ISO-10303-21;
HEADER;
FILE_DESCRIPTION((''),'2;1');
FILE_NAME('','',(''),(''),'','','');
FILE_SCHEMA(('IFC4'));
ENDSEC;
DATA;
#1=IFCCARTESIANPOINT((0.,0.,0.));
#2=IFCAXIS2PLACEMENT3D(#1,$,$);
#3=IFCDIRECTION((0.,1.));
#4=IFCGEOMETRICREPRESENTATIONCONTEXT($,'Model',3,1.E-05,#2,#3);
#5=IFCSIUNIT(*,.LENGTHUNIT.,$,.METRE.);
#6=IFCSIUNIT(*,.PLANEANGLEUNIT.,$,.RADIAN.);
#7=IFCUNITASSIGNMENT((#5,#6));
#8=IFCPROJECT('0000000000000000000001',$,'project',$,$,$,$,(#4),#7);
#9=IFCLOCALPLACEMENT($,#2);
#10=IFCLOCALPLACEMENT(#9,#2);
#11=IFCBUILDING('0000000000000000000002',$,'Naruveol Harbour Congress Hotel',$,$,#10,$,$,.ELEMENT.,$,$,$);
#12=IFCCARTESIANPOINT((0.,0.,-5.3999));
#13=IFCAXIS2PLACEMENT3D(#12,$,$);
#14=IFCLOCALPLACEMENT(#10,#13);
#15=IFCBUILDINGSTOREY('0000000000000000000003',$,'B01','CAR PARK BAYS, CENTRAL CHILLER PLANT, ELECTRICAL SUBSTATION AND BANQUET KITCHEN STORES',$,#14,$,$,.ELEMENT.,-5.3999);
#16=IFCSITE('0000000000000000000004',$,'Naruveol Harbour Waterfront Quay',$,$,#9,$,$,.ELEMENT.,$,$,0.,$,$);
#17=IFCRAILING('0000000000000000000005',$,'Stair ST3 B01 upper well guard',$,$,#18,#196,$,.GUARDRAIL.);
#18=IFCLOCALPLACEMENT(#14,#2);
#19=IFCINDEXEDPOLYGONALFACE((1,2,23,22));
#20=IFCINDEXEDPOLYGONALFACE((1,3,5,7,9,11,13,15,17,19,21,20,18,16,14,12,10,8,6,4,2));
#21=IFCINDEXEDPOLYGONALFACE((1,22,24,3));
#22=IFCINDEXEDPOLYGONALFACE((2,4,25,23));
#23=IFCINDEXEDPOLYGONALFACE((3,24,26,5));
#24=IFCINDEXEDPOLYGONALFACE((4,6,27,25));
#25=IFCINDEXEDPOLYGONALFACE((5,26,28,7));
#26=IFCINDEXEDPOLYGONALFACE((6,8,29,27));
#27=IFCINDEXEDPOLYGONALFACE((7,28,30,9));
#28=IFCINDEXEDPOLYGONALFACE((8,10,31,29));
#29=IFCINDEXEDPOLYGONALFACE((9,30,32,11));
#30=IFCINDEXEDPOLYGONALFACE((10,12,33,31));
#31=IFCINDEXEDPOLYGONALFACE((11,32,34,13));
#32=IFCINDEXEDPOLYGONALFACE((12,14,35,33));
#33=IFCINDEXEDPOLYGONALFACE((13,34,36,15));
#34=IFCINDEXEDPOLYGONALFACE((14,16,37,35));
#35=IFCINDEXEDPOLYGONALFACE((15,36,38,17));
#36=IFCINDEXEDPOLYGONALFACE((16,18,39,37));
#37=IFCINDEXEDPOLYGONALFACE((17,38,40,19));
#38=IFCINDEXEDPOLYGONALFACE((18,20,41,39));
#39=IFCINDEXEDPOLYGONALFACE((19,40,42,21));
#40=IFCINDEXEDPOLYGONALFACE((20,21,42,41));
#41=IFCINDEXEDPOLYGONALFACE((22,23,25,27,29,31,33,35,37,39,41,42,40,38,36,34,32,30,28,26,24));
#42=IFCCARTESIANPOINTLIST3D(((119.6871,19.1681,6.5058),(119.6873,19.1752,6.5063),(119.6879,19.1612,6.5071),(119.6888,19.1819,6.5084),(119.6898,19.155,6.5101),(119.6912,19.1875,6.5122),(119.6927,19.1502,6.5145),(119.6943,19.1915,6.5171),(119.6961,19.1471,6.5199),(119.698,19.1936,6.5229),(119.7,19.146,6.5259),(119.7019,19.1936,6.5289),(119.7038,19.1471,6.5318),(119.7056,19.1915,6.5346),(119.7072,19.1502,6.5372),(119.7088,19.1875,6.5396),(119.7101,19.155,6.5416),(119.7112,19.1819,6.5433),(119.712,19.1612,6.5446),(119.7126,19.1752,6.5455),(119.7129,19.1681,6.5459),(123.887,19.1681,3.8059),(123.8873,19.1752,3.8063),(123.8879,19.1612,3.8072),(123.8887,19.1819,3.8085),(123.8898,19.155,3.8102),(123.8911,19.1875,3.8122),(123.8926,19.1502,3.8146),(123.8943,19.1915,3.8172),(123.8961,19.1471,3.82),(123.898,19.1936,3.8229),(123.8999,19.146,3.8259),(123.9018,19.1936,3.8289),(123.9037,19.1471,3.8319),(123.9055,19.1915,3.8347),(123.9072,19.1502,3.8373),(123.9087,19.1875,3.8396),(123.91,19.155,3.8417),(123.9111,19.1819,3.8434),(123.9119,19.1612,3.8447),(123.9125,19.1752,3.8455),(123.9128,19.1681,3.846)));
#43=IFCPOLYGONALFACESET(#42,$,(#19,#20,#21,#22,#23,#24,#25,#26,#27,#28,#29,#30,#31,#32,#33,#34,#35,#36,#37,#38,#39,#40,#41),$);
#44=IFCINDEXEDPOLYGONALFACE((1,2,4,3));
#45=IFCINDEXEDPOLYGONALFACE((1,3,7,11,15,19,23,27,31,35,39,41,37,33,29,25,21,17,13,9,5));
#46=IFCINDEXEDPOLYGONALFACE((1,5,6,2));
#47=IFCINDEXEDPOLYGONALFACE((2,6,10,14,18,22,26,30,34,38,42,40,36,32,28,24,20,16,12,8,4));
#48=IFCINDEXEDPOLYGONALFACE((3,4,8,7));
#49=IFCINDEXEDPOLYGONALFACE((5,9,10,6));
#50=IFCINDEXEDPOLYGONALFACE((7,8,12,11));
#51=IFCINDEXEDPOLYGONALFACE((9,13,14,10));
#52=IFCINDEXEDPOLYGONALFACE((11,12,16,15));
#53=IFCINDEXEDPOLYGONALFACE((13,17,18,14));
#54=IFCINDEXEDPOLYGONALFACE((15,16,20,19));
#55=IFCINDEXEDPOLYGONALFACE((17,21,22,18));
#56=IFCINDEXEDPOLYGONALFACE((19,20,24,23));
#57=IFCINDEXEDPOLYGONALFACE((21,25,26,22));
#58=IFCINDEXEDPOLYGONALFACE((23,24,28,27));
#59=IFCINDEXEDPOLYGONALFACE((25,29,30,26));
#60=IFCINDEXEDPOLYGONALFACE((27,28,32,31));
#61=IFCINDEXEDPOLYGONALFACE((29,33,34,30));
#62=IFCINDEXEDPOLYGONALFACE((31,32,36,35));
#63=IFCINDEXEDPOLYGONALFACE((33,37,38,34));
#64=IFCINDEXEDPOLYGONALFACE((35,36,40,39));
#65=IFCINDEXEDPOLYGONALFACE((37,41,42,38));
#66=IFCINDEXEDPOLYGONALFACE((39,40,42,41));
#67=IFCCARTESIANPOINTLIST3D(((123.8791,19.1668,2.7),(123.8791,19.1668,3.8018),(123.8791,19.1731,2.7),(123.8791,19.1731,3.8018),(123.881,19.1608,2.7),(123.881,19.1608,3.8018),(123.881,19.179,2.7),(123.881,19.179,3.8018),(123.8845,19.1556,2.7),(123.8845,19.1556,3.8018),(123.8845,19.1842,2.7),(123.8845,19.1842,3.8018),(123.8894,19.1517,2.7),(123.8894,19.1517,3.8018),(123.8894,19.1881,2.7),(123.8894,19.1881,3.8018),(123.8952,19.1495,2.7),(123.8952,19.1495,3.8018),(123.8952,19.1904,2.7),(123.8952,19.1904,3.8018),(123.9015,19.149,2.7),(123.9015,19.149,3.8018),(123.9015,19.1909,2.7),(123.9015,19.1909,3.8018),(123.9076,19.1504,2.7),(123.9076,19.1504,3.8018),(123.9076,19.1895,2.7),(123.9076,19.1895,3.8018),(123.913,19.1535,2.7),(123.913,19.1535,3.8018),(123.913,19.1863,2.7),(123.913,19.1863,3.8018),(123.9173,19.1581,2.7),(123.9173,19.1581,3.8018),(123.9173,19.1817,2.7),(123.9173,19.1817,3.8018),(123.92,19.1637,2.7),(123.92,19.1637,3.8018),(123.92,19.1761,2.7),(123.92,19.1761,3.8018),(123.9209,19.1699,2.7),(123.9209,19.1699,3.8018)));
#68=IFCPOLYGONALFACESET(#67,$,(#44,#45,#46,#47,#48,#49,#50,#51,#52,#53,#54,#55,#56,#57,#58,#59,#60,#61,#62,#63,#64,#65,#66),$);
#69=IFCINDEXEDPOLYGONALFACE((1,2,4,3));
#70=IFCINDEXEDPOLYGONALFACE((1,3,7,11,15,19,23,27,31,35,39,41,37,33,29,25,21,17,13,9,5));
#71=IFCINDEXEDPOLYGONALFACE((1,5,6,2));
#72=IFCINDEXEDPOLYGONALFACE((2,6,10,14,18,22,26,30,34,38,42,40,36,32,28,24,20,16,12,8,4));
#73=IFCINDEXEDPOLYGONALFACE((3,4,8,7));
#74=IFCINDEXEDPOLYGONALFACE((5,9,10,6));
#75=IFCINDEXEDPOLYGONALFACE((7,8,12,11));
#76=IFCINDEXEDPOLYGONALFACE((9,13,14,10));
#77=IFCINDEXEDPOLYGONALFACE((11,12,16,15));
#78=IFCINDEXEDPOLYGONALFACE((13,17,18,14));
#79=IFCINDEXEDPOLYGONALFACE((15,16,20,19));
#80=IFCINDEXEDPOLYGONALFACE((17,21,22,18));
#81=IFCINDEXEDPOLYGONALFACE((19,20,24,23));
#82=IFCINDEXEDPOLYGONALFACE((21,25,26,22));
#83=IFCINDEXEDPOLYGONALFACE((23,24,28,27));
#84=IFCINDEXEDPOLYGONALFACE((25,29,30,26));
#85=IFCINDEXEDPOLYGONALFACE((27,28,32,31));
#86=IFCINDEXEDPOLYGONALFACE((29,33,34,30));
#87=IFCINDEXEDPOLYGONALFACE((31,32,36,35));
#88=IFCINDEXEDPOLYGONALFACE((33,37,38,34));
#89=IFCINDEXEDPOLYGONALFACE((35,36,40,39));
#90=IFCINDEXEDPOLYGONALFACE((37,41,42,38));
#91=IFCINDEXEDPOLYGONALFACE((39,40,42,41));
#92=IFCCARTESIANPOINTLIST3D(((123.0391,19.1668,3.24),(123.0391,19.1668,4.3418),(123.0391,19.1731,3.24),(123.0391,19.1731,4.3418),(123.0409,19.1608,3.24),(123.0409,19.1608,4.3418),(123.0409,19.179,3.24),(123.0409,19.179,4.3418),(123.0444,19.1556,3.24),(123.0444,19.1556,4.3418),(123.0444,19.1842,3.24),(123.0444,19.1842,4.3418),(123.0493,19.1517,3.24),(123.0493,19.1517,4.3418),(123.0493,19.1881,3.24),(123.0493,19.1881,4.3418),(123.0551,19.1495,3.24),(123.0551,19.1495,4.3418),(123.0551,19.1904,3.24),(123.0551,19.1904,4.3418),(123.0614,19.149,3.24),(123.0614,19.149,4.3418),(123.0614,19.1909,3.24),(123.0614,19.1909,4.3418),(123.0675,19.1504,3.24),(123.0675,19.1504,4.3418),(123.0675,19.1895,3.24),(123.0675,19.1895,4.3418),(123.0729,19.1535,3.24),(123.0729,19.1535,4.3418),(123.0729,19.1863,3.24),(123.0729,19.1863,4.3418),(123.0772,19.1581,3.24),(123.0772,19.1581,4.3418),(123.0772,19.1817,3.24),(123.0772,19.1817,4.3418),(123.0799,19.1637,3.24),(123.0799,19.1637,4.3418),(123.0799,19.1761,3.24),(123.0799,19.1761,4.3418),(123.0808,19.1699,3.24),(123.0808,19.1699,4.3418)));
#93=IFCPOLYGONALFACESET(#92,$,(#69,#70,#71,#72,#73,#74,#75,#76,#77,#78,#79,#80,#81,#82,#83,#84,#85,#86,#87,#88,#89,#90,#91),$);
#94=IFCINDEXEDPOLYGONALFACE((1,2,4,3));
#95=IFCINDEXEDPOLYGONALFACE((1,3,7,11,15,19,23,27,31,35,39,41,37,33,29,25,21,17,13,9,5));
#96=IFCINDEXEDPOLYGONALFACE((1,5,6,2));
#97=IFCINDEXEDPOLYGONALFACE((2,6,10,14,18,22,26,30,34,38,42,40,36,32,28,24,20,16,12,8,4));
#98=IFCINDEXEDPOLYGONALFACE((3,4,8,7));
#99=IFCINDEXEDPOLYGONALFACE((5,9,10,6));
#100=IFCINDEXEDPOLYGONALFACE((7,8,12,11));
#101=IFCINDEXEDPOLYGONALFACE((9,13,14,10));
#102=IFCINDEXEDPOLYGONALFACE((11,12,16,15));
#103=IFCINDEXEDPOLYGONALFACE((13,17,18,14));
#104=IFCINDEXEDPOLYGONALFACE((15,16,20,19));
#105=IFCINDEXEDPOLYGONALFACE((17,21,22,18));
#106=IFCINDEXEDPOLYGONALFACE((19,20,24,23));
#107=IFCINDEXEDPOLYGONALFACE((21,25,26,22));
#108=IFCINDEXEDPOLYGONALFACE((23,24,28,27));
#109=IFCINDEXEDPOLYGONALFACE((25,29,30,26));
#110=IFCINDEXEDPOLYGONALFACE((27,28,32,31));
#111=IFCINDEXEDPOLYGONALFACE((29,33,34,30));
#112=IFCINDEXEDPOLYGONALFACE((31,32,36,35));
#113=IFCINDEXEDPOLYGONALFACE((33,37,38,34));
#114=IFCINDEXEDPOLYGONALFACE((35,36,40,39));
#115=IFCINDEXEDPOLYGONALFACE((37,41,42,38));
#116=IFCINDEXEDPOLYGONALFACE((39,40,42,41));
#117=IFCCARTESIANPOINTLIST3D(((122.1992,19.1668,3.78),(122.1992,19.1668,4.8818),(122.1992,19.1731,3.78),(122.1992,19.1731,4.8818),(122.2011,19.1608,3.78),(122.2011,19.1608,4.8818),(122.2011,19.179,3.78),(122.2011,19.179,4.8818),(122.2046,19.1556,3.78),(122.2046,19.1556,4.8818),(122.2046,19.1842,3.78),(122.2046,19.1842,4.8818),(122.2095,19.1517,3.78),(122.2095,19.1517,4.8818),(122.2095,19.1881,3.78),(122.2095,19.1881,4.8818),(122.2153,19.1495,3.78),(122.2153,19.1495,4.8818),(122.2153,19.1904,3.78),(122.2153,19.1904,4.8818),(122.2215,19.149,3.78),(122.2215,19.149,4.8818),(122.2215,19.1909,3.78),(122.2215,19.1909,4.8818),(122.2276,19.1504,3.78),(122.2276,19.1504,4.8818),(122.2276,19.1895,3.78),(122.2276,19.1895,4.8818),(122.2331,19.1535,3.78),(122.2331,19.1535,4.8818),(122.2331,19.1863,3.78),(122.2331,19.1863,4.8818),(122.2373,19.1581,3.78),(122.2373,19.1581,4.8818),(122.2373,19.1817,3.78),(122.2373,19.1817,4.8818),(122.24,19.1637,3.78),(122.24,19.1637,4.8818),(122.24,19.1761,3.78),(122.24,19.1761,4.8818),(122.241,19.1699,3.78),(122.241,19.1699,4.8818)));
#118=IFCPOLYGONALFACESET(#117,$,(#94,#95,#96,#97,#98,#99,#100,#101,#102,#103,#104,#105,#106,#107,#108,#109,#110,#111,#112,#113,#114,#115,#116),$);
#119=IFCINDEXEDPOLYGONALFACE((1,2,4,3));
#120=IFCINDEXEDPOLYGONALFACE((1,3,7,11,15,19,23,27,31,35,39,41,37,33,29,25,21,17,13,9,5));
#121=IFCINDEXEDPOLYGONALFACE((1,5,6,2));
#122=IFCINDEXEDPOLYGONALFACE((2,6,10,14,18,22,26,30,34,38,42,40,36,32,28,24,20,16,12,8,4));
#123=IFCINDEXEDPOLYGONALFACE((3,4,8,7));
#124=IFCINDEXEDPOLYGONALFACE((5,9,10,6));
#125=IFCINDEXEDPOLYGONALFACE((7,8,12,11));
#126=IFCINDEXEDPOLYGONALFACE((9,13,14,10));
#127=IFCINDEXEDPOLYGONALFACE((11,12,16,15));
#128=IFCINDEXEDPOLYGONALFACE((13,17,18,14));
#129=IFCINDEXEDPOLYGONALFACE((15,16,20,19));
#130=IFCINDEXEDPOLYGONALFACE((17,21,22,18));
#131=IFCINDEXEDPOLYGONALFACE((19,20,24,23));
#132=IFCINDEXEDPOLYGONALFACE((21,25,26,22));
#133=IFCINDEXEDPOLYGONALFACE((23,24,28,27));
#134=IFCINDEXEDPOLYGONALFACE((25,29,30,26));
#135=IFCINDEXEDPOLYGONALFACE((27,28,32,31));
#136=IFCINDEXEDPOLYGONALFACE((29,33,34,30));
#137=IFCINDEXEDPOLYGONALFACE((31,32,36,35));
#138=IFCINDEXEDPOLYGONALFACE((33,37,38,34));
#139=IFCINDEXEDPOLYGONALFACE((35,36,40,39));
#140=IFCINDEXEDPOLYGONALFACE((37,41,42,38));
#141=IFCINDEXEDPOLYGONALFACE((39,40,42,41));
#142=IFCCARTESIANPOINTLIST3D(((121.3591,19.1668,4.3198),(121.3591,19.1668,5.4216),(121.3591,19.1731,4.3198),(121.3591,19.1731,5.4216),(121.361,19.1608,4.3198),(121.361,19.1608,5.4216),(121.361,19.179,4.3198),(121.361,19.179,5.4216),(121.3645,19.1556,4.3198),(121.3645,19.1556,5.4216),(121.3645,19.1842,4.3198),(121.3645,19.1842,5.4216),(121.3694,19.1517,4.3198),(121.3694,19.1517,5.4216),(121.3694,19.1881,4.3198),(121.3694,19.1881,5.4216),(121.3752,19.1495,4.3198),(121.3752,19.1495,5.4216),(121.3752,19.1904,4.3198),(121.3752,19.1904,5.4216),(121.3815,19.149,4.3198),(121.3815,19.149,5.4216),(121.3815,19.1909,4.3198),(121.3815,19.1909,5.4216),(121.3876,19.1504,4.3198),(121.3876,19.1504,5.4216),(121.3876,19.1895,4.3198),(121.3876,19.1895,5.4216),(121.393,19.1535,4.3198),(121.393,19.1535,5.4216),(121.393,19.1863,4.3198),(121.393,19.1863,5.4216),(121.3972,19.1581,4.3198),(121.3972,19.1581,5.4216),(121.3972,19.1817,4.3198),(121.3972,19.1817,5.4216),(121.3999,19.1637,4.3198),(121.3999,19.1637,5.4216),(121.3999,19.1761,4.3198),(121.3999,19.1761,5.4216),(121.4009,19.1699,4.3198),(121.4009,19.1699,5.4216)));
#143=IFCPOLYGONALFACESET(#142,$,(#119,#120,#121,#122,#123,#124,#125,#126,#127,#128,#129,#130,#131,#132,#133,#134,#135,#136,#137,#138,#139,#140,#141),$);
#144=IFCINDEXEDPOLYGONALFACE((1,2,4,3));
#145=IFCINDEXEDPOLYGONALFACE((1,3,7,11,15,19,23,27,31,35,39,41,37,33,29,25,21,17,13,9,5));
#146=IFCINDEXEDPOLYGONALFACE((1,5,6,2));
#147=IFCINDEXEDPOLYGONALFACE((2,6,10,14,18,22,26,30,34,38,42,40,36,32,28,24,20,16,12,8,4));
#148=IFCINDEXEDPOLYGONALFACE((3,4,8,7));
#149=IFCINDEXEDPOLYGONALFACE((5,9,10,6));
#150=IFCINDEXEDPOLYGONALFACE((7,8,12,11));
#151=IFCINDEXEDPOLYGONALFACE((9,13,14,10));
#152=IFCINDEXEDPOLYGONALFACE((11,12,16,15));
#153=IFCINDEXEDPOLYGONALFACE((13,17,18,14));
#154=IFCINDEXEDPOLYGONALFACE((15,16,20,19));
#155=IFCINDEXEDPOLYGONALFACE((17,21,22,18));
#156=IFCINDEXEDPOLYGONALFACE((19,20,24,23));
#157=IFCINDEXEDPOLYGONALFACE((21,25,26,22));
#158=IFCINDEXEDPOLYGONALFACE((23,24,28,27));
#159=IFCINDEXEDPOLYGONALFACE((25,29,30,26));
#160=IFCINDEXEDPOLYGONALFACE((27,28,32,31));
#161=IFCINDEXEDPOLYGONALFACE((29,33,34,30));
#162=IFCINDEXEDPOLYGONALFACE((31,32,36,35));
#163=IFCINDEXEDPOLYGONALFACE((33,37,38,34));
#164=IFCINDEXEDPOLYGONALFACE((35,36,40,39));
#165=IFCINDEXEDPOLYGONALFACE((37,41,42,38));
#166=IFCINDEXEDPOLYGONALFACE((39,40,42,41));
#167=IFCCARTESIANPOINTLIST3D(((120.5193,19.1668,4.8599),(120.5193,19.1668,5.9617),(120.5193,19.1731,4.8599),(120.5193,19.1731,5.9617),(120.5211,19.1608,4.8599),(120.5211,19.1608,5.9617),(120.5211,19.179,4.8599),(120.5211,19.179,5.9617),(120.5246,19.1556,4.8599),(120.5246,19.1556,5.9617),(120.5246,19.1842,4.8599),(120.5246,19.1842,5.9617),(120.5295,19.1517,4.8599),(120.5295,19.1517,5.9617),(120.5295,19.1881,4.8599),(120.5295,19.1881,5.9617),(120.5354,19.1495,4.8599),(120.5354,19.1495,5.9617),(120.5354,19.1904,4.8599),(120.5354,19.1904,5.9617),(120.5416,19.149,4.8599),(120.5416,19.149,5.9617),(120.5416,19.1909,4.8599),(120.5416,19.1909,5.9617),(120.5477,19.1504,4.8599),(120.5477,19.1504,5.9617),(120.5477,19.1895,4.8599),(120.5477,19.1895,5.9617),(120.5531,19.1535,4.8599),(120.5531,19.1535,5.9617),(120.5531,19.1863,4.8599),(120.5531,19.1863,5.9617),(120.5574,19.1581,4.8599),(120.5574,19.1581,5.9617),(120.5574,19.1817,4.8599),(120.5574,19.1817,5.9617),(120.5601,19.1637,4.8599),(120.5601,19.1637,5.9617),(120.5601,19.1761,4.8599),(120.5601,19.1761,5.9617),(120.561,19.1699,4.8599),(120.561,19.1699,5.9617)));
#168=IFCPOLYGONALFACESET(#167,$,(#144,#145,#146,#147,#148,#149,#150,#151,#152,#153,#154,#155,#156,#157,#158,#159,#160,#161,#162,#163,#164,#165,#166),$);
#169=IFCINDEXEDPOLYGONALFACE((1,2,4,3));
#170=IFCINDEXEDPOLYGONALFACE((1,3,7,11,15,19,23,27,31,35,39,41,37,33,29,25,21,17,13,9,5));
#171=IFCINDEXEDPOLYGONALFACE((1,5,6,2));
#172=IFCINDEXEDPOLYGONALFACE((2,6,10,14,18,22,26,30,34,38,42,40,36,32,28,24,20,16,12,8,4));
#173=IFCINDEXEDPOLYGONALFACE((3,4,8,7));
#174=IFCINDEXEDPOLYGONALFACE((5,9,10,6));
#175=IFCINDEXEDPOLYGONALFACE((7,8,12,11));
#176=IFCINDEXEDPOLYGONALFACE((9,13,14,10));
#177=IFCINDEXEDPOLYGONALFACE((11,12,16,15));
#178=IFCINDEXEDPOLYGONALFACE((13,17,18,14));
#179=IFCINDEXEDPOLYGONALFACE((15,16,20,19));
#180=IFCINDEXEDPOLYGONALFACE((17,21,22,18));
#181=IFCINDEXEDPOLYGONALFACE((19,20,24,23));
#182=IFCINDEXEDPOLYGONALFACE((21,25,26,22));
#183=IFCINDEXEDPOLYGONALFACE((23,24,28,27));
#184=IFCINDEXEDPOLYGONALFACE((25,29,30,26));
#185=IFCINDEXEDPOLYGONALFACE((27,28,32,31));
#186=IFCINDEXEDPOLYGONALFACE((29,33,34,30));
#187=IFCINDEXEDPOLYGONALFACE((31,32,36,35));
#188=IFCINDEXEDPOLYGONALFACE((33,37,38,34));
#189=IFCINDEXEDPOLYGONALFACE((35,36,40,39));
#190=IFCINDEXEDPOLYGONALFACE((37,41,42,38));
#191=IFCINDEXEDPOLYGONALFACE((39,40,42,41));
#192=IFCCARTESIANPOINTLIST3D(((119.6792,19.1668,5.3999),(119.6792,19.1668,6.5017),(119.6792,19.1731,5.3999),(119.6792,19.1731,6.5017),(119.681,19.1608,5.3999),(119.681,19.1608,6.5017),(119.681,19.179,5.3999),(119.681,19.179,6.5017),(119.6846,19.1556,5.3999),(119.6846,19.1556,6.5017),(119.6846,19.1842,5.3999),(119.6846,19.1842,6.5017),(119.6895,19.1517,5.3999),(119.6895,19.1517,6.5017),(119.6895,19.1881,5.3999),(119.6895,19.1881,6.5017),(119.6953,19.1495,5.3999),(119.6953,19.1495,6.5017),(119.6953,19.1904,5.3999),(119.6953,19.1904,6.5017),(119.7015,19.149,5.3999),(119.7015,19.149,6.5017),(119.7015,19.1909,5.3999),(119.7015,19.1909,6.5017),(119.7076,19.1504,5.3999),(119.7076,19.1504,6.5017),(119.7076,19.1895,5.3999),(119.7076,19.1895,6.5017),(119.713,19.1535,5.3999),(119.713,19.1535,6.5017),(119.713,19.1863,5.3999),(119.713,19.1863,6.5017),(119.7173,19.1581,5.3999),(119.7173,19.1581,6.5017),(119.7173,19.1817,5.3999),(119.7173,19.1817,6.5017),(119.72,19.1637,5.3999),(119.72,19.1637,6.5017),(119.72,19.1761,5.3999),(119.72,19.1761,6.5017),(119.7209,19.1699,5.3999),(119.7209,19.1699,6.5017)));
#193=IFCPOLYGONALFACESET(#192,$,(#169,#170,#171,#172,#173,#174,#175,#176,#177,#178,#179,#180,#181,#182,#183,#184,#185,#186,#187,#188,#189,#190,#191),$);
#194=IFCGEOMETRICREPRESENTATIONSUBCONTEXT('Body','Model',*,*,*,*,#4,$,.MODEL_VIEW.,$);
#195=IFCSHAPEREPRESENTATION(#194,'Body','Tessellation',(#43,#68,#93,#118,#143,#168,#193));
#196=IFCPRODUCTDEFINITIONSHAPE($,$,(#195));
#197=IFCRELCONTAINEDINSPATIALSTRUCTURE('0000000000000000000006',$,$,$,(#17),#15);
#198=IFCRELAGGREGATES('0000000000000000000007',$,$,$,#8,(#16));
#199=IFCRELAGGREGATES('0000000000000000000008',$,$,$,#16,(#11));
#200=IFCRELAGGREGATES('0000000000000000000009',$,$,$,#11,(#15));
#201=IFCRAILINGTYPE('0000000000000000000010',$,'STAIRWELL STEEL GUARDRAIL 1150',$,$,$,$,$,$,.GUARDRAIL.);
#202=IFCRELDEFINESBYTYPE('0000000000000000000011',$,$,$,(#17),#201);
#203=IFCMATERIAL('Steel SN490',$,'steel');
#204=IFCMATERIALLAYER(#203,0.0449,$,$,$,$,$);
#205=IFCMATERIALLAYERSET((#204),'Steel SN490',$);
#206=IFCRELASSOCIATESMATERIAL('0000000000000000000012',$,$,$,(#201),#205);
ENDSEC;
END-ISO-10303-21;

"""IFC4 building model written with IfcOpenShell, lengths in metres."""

from ifc_helpers import new_model, si_unit, direction, frame, origin, origin_2d, place, context, subcontext, project, spatial, circle, extrude, material, layer, layer_set, type_object, element, save


model = new_model("IFC4")

# Units and contexts
model_context = context("Model", 3, precision=1e-05, world=origin(), true_north=direction((0.0, 1.0)))
body_context = subcontext(model_context, "Body", "Model", "MODEL_VIEW")
ifc_project = project(units=[si_unit("LENGTHUNIT", "METRE"), si_unit("PLANEANGLEUNIT", "RADIAN")], contexts=[model_context])

# Site, building, storey
site_placement = place(None, origin())
site = spatial("IfcSite", under=ifc_project, at=site_placement, Name="Naruveol Harbour Waterfront Quay", CompositionType="ELEMENT", RefElevation=0.0)
building_placement = place(site_placement, origin())
building = spatial("IfcBuilding", under=site, at=building_placement, Name="Naruveol Harbour Congress Hotel", CompositionType="ELEMENT")
storey_placement = place(building_placement, frame((0.0, 0.0, -5.3999)))
storey = spatial("IfcBuildingStorey", under=building, at=storey_placement, Name="B01", Description="CAR PARK BAYS, CENTRAL CHILLER PLANT, ELECTRICAL SUBSTATION AND BANQUET KITCHEN STORES", CompositionType="ELEMENT", Elevation=-5.3999)

# Railing
ifc_material_1 = material(Name="Steel SN490", Category="steel")
ifc_layer_1 = layer(ifc_material_1, 0.0449)
ifc_layer_set_1 = layer_set([ifc_layer_1], Name="Steel SN490")
railing_type_1 = type_object("IfcRailingType", Name="STAIRWELL STEEL GUARDRAIL 1150", PredefinedType="GUARDRAIL", material=ifc_layer_set_1)
railing_1_placement = place(storey_placement, frame((123.8999, 19.1699, 2.7)))
element("IfcRailing", 1, at=railing_1_placement, inside=storey, type_object=railing_type_1, Name="Stair ST3 B01 upper well guard", PredefinedType="GUARDRAIL", context=body_context, shape_type="SweptSolid", body=[
    extrude(circle(Radius=0.0239, at=origin_2d()), frame((0.0, 0.0, 1.126), z_axis=(-0.84118, 0.0, 0.540755), x_axis=(0.0, -1.0, 0.0)), (0.0, 0.0, 1.0), 4.9929),
    extrude(circle(Radius=0.021, at=origin_2d()), origin(), (0.0, 0.0, 1.0), 1.1018),
    extrude(circle(Radius=0.021, at=origin_2d()), frame((-0.8401, 0.0, 0.54)), (0.0, 0.0, 1.0), 1.1018),
    extrude(circle(Radius=0.021, at=origin_2d()), frame((-1.6799, 0.0, 1.0801)), (0.0, 0.0, 1.0), 1.1018),
    extrude(circle(Radius=0.021, at=origin_2d()), frame((-2.52, 0.0, 1.6199)), (0.0, 0.0, 1.0), 1.1018),
    extrude(circle(Radius=0.021, at=origin_2d()), frame((-3.3599, 0.0, 2.1599)), (0.0, 0.0, 1.0), 1.1018),
    extrude(circle(Radius=0.021, at=origin_2d()), frame((-4.2, 0.0, 2.7)), (0.0, 0.0, 1.0), 1.1018),
])

save(model, "model.ifc")
